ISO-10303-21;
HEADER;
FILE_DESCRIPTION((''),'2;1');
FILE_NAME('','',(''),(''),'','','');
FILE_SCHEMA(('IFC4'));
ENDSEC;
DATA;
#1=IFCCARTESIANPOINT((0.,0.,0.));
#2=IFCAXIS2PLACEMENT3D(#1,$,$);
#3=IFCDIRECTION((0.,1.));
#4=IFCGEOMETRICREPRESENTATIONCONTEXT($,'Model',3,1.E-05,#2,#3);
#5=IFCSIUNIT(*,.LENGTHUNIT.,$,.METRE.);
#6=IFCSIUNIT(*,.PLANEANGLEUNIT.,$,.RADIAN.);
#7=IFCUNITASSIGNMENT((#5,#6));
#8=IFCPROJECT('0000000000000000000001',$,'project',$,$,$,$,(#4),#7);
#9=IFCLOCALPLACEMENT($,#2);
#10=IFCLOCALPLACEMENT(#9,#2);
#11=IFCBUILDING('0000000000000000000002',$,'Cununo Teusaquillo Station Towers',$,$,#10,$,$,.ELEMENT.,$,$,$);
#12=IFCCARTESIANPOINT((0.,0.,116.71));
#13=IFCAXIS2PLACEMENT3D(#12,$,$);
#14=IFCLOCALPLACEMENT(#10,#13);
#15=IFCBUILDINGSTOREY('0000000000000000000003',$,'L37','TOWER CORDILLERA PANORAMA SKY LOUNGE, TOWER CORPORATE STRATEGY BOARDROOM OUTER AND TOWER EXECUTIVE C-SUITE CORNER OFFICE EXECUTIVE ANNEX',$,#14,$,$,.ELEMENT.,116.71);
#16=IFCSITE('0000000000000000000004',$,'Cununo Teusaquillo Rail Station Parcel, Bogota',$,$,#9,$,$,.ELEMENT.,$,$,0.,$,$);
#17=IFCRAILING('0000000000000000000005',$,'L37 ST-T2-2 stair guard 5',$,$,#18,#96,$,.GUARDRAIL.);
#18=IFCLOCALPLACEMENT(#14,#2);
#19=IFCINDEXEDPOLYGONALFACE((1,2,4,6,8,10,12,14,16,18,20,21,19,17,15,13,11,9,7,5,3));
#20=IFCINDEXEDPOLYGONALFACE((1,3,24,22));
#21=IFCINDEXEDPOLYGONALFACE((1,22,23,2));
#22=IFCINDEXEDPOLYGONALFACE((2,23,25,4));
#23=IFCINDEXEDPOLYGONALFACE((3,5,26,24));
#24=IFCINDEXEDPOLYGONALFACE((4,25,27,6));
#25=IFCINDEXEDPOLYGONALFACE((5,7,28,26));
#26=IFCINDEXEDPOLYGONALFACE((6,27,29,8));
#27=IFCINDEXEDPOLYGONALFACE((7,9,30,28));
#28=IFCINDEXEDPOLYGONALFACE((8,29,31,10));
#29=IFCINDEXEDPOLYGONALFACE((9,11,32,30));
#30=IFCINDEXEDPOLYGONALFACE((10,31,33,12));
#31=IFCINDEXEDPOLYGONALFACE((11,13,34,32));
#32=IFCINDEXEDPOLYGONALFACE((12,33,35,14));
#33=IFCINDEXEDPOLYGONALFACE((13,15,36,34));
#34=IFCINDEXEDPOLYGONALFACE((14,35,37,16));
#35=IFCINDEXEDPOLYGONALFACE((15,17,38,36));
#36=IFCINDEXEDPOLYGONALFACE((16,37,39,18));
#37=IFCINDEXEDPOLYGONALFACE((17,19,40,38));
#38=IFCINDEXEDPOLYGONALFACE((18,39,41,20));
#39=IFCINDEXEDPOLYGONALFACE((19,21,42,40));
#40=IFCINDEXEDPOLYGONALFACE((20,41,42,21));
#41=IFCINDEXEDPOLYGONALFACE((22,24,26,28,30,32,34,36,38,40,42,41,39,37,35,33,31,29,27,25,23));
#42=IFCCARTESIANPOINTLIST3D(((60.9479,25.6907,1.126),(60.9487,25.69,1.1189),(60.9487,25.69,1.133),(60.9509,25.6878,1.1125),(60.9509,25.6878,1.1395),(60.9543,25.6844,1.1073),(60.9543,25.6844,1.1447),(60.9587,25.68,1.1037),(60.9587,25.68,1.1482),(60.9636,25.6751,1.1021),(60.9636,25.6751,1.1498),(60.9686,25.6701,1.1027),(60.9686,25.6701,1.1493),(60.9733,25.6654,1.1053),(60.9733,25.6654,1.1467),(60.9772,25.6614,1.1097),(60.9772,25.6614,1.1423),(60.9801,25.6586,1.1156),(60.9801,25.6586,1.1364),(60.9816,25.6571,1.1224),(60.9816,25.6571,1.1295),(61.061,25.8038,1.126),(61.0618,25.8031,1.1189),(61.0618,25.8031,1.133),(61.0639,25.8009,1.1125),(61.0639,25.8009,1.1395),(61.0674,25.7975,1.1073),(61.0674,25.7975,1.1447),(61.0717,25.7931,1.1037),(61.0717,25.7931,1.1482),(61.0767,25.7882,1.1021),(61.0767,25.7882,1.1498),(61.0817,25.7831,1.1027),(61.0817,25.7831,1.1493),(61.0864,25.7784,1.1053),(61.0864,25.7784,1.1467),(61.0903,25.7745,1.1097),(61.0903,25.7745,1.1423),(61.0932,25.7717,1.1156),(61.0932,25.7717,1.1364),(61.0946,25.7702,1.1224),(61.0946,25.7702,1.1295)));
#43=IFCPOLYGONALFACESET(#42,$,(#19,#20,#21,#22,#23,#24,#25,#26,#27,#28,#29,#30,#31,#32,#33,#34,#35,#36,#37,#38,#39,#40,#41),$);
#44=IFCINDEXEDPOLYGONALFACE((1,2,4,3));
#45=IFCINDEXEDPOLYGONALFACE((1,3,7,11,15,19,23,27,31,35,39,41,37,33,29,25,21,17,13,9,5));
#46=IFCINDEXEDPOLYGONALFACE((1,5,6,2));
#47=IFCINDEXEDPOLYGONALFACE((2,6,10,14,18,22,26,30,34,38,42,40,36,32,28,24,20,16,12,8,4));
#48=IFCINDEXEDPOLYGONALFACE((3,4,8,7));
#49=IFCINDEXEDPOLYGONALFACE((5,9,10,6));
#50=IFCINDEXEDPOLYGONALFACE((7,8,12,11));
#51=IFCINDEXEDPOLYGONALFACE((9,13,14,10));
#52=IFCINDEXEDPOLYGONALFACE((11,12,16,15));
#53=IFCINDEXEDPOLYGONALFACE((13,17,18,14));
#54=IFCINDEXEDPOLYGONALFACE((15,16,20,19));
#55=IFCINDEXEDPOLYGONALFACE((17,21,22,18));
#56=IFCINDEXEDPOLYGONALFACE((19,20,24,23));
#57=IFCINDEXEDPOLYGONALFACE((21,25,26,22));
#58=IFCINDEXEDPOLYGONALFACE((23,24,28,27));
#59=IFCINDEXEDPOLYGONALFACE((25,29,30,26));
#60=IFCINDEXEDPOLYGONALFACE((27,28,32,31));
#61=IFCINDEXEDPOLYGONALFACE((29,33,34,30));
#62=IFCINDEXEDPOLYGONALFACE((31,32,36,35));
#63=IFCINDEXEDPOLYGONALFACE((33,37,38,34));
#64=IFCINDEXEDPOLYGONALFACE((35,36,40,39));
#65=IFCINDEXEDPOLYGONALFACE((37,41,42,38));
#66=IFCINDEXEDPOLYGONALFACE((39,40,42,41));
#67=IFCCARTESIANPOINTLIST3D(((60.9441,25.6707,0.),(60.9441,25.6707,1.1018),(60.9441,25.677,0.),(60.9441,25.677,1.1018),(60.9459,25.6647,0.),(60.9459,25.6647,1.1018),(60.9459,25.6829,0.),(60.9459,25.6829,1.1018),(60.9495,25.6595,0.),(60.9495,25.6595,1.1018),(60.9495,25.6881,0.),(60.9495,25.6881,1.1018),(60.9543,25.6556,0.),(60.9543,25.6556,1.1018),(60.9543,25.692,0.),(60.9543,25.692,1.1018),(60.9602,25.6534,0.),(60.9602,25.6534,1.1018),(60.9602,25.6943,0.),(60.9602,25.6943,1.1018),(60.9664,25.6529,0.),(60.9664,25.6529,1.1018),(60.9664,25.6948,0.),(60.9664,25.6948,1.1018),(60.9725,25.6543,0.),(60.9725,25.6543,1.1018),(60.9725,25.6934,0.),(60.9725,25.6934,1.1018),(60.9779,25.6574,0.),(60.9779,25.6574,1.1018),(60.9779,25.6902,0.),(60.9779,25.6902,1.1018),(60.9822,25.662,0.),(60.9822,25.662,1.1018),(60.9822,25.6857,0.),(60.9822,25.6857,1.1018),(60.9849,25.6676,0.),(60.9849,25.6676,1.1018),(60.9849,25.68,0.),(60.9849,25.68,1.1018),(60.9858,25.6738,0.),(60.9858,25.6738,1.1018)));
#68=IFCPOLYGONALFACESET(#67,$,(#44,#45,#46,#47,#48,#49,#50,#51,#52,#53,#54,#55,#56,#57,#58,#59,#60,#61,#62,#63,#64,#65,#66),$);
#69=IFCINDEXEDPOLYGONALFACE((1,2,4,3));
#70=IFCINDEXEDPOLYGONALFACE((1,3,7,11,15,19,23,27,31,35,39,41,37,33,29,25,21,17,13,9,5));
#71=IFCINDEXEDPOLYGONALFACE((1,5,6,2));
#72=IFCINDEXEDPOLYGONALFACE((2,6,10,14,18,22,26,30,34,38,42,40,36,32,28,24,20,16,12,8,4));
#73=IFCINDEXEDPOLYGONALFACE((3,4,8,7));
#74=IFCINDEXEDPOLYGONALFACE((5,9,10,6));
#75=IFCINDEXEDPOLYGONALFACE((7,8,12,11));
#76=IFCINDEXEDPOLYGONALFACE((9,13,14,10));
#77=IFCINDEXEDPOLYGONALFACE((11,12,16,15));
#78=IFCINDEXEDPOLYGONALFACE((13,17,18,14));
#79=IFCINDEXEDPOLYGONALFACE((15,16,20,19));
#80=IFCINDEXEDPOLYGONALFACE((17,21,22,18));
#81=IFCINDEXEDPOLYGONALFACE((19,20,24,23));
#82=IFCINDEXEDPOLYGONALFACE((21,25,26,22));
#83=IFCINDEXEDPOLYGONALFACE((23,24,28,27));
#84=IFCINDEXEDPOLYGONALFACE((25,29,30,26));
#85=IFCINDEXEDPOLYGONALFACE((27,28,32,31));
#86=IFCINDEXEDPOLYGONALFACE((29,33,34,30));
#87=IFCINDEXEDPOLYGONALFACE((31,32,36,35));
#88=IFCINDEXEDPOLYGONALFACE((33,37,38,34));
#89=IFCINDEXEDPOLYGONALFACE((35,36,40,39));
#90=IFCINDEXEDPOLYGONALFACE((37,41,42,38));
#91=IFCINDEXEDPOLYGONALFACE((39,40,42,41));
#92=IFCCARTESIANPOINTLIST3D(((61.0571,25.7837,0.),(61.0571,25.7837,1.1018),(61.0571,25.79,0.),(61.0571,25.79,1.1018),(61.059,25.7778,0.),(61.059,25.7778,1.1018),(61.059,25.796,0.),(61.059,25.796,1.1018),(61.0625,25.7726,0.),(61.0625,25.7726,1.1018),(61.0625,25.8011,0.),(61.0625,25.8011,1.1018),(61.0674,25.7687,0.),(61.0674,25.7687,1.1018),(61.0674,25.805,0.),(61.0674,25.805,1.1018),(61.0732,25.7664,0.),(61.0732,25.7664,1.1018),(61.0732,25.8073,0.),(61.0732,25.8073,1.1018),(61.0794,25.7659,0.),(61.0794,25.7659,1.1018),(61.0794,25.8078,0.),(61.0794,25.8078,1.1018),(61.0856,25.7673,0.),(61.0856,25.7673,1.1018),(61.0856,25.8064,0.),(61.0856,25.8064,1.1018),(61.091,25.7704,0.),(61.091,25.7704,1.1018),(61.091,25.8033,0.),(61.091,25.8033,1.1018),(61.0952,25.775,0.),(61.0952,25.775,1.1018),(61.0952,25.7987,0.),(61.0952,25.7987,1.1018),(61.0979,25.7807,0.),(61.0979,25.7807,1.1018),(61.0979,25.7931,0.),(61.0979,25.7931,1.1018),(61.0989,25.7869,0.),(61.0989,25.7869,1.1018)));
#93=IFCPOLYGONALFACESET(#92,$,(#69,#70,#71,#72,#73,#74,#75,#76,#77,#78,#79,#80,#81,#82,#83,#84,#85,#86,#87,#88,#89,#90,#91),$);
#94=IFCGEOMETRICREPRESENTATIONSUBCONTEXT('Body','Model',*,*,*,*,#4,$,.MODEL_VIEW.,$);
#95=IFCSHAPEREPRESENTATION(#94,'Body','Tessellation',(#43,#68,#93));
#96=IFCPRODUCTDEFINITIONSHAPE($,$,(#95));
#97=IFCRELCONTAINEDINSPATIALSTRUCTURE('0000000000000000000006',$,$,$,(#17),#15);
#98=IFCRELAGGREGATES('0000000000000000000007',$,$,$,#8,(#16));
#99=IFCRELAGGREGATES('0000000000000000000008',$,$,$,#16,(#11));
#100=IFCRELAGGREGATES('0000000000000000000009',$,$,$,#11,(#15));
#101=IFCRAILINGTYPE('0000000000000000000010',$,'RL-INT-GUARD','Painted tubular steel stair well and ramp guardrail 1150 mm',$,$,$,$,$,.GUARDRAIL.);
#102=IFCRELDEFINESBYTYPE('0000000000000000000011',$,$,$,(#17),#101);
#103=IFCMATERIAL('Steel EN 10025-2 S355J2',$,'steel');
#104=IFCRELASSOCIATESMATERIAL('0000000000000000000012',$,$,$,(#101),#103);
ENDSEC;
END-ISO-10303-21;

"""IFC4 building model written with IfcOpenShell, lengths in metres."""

from ifc_helpers import new_model, si_unit, direction, frame, origin, origin_2d, place, context, subcontext, project, spatial, circle, extrude, material, type_object, element, save


model = new_model("IFC4")

# Units and contexts
model_context = context("Model", 3, precision=1e-05, world=origin(), true_north=direction((0.0, 1.0)))
body_context = subcontext(model_context, "Body", "Model", "MODEL_VIEW")
ifc_project = project(units=[si_unit("LENGTHUNIT", "METRE"), si_unit("PLANEANGLEUNIT", "RADIAN")], contexts=[model_context])

# Site, building, storey
site_placement = place(None, origin())
site = spatial("IfcSite", under=ifc_project, at=site_placement, Name="Cununo Teusaquillo Rail Station Parcel, Bogota", CompositionType="ELEMENT", RefElevation=0.0)
building_placement = place(site_placement, origin())
building = spatial("IfcBuilding", under=site, at=building_placement, Name="Cununo Teusaquillo Station Towers", CompositionType="ELEMENT")
storey_placement = place(building_placement, frame((0.0, 0.0, 116.71)))
storey = spatial("IfcBuildingStorey", under=building, at=storey_placement, Name="L37", Description="TOWER CORDILLERA PANORAMA SKY LOUNGE, TOWER CORPORATE STRATEGY BOARDROOM OUTER AND TOWER EXECUTIVE C-SUITE CORNER OFFICE EXECUTIVE ANNEX", CompositionType="ELEMENT", Elevation=116.71)

# Railing
ifc_material_1 = material(Name="Steel EN 10025-2 S355J2", Category="steel")
railing_type_1 = type_object("IfcRailingType", Name="RL-INT-GUARD", Description="Painted tubular steel stair well and ramp guardrail 1150 mm", PredefinedType="GUARDRAIL", material=ifc_material_1)
railing_1_placement = place(storey_placement, frame((60.9648, 25.6738, 0.0)))
element("IfcRailing", 1, at=railing_1_placement, inside=storey, type_object=railing_type_1, Name="L37 ST-T2-2 stair guard 5", PredefinedType="GUARDRAIL", context=body_context, shape_type="SweptSolid", body=[
    extrude(circle(Radius=0.0239, at=origin_2d()), frame((0.0, 0.0, 1.126), z_axis=(0.707107, 0.707107, 0.0), x_axis=(-0.707107, 0.707107, 0.0)), (0.0, 0.0, 1.0), 0.1599),
    extrude(circle(Radius=0.021, at=origin_2d()), origin(), (0.0, 0.0, 1.0), 1.1018),
    extrude(circle(Radius=0.021, at=origin_2d()), frame((0.113, 0.113, 0.0)), (0.0, 0.0, 1.0), 1.1018),
])

save(model, "model.ifc")
